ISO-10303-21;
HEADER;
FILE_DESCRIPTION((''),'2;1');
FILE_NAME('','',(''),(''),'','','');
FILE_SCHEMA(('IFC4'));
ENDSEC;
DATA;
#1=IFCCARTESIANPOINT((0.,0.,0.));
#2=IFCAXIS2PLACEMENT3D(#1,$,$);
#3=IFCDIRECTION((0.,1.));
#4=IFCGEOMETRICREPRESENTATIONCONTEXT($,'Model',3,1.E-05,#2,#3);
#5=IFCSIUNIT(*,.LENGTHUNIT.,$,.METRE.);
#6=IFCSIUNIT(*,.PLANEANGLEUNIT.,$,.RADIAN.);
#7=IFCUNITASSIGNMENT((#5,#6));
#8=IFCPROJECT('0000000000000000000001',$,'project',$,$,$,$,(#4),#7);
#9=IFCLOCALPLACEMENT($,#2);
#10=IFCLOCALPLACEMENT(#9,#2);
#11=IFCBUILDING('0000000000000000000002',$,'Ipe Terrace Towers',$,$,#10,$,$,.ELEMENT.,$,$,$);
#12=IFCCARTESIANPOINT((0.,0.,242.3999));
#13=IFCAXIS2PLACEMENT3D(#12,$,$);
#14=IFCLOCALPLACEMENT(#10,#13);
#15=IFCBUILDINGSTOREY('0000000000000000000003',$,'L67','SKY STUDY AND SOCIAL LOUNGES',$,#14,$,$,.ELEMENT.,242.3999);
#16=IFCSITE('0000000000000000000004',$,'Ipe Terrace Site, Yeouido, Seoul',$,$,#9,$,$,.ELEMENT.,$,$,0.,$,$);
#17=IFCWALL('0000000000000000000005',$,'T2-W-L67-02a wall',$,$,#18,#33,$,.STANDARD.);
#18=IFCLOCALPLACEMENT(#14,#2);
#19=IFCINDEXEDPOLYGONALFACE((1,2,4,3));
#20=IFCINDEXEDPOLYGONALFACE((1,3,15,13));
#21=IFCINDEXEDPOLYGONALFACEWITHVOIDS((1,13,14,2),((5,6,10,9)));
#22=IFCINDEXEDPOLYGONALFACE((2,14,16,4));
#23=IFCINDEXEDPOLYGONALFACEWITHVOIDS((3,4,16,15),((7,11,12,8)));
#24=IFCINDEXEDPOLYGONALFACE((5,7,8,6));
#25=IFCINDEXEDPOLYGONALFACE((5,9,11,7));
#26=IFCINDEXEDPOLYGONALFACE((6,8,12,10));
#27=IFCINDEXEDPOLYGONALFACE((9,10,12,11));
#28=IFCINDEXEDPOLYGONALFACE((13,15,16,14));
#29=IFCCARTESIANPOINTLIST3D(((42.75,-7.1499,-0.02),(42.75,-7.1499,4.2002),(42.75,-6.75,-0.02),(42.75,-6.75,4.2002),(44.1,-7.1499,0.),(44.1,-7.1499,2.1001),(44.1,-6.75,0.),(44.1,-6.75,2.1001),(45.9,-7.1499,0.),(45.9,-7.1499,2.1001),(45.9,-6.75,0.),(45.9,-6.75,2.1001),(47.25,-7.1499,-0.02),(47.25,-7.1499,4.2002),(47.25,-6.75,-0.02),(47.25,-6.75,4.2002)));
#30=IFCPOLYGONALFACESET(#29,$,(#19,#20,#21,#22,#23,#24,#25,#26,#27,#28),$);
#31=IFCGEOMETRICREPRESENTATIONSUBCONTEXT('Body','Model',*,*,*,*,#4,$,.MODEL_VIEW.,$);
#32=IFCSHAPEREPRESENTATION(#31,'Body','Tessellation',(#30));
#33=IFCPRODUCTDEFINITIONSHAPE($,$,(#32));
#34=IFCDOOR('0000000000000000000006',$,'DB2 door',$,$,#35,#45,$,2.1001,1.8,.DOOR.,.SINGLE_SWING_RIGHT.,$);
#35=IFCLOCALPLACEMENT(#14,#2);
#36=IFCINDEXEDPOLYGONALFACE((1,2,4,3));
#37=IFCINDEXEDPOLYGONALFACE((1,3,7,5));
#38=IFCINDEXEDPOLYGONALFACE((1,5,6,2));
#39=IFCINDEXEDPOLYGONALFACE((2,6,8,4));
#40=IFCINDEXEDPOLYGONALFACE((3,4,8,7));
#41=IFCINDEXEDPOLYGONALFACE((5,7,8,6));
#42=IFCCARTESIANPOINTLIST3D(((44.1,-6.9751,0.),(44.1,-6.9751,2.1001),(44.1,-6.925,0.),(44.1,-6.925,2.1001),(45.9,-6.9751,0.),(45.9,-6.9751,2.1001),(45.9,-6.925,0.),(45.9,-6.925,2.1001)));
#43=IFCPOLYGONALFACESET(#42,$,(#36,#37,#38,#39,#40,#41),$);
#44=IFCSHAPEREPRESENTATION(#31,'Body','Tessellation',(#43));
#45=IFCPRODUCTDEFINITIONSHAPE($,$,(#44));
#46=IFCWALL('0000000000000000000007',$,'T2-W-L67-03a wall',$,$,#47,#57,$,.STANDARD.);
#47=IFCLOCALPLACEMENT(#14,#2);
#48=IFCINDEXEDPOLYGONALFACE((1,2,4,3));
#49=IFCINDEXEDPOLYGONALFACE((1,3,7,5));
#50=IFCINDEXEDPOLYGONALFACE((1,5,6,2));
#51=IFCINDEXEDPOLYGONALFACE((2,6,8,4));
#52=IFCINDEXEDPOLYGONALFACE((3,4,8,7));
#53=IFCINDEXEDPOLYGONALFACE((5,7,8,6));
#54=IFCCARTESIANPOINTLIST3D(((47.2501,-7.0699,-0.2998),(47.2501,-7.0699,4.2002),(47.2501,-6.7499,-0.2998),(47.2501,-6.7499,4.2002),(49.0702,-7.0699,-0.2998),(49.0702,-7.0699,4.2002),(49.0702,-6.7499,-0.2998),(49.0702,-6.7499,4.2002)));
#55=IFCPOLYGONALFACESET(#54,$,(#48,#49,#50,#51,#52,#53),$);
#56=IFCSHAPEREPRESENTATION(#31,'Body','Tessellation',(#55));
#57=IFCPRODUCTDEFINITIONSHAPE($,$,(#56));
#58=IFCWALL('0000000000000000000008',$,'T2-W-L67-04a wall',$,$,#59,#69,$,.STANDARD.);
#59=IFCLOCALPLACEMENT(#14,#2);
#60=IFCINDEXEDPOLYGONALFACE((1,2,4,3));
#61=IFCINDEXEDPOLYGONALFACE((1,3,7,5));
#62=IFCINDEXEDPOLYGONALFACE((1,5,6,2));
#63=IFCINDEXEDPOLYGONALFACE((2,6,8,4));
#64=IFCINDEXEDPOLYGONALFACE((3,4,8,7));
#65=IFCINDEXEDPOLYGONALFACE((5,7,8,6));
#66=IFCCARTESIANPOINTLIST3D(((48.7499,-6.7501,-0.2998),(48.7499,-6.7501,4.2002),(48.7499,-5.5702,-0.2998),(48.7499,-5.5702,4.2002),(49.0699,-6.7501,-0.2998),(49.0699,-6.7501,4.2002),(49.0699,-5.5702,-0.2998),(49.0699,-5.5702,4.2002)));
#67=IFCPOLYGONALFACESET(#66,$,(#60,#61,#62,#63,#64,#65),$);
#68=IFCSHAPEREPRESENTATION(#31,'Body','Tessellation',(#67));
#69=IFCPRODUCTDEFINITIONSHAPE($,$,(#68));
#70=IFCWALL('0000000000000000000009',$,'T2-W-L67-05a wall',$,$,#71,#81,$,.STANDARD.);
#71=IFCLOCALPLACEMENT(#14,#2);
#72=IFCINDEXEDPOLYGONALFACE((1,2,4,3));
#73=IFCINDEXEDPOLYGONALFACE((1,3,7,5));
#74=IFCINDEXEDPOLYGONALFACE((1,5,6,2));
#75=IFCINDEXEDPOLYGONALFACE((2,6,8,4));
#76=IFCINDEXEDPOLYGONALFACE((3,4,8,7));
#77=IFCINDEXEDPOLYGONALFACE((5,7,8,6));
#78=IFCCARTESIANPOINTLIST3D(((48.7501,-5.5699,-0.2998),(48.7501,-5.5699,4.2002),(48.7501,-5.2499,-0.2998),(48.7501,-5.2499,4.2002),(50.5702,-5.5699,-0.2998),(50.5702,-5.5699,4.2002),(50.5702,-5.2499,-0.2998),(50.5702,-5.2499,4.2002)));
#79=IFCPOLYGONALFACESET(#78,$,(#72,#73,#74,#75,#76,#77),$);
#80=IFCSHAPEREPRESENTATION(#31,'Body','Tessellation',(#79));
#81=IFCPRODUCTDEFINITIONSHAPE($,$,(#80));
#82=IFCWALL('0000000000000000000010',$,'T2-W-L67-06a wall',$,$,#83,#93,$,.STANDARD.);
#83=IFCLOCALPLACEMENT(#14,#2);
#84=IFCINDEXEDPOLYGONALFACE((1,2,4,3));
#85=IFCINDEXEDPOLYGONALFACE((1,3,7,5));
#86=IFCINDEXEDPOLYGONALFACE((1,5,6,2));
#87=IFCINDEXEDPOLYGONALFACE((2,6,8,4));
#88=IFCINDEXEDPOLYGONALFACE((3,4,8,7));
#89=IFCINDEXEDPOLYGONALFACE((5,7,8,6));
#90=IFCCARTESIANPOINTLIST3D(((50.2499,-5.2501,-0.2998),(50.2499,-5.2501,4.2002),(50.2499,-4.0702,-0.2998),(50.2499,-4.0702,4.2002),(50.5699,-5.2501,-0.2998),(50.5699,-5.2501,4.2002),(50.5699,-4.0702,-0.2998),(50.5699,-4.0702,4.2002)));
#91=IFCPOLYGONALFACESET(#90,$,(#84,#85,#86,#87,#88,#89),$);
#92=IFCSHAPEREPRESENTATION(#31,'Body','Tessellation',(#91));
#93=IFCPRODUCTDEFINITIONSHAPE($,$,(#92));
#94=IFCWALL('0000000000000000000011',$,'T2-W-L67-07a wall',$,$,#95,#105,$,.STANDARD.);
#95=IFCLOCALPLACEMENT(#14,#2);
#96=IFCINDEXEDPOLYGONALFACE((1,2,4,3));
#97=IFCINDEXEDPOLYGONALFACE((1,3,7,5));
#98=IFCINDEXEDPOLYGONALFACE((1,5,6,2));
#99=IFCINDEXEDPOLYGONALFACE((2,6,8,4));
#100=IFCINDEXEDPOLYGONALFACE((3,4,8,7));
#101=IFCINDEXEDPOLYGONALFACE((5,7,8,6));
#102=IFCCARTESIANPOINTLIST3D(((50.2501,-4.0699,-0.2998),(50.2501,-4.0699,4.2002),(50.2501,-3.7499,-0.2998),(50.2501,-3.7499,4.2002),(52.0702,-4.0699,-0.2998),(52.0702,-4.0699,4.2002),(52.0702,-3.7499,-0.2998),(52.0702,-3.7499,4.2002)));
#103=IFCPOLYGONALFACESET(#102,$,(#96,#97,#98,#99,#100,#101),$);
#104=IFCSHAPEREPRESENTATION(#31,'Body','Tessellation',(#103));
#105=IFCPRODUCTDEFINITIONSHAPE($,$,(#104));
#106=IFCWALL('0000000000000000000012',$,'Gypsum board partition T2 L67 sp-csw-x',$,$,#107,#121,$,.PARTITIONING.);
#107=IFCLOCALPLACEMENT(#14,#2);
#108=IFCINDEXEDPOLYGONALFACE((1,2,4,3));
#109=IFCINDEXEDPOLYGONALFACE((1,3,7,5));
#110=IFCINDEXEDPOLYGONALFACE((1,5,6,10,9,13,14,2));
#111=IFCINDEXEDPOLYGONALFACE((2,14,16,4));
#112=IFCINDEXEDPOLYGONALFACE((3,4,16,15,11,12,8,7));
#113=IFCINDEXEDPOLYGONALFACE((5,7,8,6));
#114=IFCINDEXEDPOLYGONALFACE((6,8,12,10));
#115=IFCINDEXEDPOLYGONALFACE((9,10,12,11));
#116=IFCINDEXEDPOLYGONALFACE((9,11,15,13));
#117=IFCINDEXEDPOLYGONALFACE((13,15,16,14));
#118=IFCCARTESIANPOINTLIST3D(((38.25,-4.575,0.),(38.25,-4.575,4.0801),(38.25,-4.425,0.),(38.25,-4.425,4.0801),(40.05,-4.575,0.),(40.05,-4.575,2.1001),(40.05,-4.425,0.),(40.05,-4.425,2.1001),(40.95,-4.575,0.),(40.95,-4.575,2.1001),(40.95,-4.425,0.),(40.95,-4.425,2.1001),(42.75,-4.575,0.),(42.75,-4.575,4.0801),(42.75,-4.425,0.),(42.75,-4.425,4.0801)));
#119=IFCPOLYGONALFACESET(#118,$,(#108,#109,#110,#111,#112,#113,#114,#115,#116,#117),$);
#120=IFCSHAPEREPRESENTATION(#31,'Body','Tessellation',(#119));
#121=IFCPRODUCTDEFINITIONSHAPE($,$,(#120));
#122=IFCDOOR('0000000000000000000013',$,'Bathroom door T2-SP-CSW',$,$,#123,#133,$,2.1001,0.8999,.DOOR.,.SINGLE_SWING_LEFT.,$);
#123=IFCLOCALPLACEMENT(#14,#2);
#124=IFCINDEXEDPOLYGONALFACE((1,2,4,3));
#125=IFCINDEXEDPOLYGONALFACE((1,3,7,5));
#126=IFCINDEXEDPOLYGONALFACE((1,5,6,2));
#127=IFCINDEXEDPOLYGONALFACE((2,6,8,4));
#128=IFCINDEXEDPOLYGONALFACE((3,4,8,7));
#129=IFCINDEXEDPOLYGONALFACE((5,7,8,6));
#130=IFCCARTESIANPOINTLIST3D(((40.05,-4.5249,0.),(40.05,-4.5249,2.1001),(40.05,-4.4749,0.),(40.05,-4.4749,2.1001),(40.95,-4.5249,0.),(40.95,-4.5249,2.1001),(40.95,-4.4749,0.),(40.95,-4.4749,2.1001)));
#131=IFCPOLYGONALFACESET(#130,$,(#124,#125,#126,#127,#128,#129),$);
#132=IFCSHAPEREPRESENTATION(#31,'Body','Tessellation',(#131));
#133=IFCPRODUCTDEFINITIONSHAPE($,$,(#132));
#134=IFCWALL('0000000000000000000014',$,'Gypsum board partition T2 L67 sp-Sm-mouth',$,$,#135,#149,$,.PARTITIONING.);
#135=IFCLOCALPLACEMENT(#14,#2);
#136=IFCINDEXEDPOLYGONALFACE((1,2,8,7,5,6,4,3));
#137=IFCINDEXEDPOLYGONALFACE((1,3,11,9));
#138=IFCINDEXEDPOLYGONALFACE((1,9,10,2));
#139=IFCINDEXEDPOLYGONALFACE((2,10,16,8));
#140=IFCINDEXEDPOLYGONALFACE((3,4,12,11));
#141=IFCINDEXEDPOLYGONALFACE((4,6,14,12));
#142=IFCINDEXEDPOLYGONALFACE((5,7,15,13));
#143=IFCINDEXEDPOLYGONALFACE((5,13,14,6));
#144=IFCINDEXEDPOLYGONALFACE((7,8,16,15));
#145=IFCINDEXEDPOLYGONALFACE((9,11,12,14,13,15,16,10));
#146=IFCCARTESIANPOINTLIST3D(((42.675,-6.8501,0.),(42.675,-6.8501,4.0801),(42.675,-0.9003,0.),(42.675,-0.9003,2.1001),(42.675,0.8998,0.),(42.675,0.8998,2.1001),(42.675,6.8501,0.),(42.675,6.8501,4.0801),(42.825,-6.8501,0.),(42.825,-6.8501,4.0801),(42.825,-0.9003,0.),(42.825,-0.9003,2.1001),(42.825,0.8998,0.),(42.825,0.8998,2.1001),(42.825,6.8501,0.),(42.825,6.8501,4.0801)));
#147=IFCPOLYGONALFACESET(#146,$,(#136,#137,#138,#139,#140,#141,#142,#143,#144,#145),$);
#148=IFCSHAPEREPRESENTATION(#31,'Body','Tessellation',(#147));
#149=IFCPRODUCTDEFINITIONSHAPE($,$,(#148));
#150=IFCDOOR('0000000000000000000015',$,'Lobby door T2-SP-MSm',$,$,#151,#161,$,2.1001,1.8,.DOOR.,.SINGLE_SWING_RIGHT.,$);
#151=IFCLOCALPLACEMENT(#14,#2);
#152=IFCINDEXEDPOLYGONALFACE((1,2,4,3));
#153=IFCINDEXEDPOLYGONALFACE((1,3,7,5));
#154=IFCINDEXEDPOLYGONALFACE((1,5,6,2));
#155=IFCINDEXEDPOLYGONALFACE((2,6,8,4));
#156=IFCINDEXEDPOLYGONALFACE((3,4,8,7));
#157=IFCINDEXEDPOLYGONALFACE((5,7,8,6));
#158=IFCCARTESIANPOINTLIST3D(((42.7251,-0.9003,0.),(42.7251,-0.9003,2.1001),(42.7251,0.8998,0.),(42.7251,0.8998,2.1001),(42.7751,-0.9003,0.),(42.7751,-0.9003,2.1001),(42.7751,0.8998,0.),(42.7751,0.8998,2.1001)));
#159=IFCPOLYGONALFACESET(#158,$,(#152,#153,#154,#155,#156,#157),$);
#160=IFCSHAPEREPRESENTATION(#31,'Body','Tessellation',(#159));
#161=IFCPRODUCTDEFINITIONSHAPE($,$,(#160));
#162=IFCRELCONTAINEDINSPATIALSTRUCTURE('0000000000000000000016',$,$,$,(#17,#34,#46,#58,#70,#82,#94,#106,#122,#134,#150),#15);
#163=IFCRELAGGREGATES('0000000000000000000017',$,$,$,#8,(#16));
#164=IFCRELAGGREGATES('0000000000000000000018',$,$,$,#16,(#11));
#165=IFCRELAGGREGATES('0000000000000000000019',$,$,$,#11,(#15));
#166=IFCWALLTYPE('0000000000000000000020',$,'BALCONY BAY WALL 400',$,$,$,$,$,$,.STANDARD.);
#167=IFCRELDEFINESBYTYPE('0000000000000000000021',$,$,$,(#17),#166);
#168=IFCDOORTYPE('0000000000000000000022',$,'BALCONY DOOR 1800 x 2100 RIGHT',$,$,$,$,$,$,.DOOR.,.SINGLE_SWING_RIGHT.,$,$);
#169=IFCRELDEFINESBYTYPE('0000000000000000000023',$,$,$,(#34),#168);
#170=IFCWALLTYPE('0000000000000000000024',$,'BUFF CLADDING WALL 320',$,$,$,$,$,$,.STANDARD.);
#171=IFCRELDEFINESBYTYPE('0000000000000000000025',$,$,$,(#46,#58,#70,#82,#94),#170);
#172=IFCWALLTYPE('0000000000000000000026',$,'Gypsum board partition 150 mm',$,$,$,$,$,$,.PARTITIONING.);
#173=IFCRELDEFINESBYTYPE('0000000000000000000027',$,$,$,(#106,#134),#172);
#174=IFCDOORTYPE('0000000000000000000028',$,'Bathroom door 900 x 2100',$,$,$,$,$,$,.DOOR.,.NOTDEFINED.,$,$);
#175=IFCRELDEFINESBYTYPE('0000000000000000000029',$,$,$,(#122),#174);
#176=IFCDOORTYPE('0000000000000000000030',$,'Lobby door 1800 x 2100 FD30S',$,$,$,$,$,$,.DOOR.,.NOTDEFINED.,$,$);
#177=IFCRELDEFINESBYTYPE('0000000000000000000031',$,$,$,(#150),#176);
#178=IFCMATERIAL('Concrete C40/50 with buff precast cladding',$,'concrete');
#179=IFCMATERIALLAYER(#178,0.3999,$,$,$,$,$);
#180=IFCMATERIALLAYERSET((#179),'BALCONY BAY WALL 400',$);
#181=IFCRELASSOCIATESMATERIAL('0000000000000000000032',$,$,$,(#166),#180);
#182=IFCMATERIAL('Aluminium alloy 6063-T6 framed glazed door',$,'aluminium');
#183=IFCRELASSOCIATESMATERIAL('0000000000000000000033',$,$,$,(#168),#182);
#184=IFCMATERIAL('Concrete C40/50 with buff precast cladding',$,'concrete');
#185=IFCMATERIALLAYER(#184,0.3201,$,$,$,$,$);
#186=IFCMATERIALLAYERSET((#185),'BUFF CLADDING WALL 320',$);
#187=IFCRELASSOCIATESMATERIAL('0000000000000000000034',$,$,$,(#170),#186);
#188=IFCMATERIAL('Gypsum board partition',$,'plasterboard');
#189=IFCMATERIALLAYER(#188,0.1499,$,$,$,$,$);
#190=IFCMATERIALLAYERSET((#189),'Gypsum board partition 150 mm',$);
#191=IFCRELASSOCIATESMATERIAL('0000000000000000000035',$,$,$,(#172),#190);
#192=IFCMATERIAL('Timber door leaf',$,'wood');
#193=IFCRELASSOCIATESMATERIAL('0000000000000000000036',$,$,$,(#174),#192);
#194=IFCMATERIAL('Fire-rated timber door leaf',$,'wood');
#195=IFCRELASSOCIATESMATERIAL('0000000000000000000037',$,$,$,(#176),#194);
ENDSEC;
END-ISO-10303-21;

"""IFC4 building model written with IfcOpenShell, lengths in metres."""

from ifc_helpers import new_model, si_unit, direction, frame, frame_2d, origin, place, context, subcontext, project, spatial, rectangle, extrude, material, layer, layer_set, type_object, element, fill, save


model = new_model("IFC4")

# Units and contexts
model_context = context("Model", 3, precision=1e-05, world=origin(), true_north=direction((0.0, 1.0)))
body_context = subcontext(model_context, "Body", "Model", "MODEL_VIEW")
ifc_project = project(units=[si_unit("LENGTHUNIT", "METRE"), si_unit("PLANEANGLEUNIT", "RADIAN")], contexts=[model_context])

# Site, building, storey
site_placement = place(None, origin())
site = spatial("IfcSite", under=ifc_project, at=site_placement, Name="Ipe Terrace Site, Yeouido, Seoul", CompositionType="ELEMENT", RefElevation=0.0)
building_placement = place(site_placement, origin())
building = spatial("IfcBuilding", under=site, at=building_placement, Name="Ipe Terrace Towers", CompositionType="ELEMENT")
storey_placement = place(building_placement, frame((0.0, 0.0, 242.3999)))
storey = spatial("IfcBuildingStorey", under=building, at=storey_placement, Name="L67", Description="SKY STUDY AND SOCIAL LOUNGES", CompositionType="ELEMENT", Elevation=242.3999)

# Wall, opening, door
ifc_material_1 = material(Name="Concrete C40/50 with buff precast cladding", Category="concrete")
ifc_layer_1 = layer(ifc_material_1, 0.3999)
ifc_layer_set_1 = layer_set([ifc_layer_1], Name="BALCONY BAY WALL 400")
wall_type_1 = type_object("IfcWallType", Name="BALCONY BAY WALL 400", PredefinedType="STANDARD", material=ifc_layer_set_1)
wall_1_placement = place(storey_placement, frame((42.75, -6.95, -0.02), z_axis=(0.0, 0.0, 1.0), x_axis=(1.0, 0.0, 0.0)))
wall_1 = element("IfcWall", 1, at=wall_1_placement, inside=storey, type_object=wall_type_1, Name="T2-W-L67-02a wall", PredefinedType="STANDARD", context=body_context, shape_type="SweptSolid", body=[
    extrude(rectangle(XDim=4.5, YDim=0.3999, at=frame_2d((2.25, 0.0))), origin(), (0.0, 0.0, 1.0), 4.2202),
])
opening_1_placement = place(wall_1_placement, frame((1.3501, 0.0, 0.02)))
opening_1 = element("IfcOpeningElement", 2, at=opening_1_placement, cuts=wall_1, PredefinedType="OPENING", context=body_context, shape_type="SweptSolid", body=[
    extrude(rectangle(XDim=1.8, YDim=2.1001, at=frame_2d((0.8999, 1.05))), frame((0.0, 0.21, 0.0), z_axis=(0.0, -1.0, 0.0), x_axis=(1.0, 0.0, 0.0)), (0.0, 0.0, 1.0), 0.4199),
])
ifc_material_2 = material(Name="Aluminium alloy 6063-T6 framed glazed door", Category="aluminium")
door_type_1 = type_object("IfcDoorType", Name="BALCONY DOOR 1800 x 2100 RIGHT", OperationType="SINGLE_SWING_RIGHT", PredefinedType="DOOR", material=ifc_material_2)
door_1_placement = place(opening_1_placement, origin())
door_1 = element("IfcDoor", 3, at=door_1_placement, inside=storey, type_object=door_type_1, Name="DB2 door", OperationType="SINGLE_SWING_RIGHT", OverallHeight=2.1001, OverallWidth=1.8, PredefinedType="DOOR", context=body_context, shape_type="SweptSolid", body=[
    extrude(rectangle(XDim=1.8, YDim=2.1001, at=frame_2d((0.8999, 1.05))), frame((0.0, 0.0249, 0.0), z_axis=(0.0, -1.0, 0.0), x_axis=(1.0, 0.0, 0.0)), (0.0, 0.0, 1.0), 0.05),
])
fill(opening_1, door_1)

# Walls
ifc_material_3 = material(Name="Concrete C40/50 with buff precast cladding", Category="concrete")
ifc_layer_2 = layer(ifc_material_3, 0.3201)
ifc_layer_set_2 = layer_set([ifc_layer_2], Name="BUFF CLADDING WALL 320")
wall_type_2 = type_object("IfcWallType", Name="BUFF CLADDING WALL 320", PredefinedType="STANDARD", material=ifc_layer_set_2)
wall_2_placement = place(storey_placement, frame((47.25, -6.9099, -0.2998), z_axis=(0.0, 0.0, 1.0), x_axis=(1.0, 0.0, 0.0)))
element("IfcWall", 4, at=wall_2_placement, inside=storey, type_object=wall_type_2, Name="T2-W-L67-03a wall", PredefinedType="STANDARD", context=body_context, shape_type="SweptSolid", body=[
    extrude(rectangle(XDim=1.8201, YDim=0.3201, at=frame_2d((0.9102, 0.0))), origin(), (0.0, 0.0, 1.0), 4.5),
])
wall_3_placement = place(storey_placement, frame((48.9099, -6.75, -0.2998), z_axis=(0.0, 0.0, 1.0), x_axis=(0.0, 1.0, 0.0)))
element("IfcWall", 5, at=wall_3_placement, inside=storey, type_object=wall_type_2, Name="T2-W-L67-04a wall", PredefinedType="STANDARD", context=body_context, shape_type="SweptSolid", body=[
    extrude(rectangle(XDim=1.1799, YDim=0.3201, at=frame_2d((0.5898, 0.0))), origin(), (0.0, 0.0, 1.0), 4.5),
])
wall_4_placement = place(storey_placement, frame((48.75, -5.4099, -0.2998), z_axis=(0.0, 0.0, 1.0), x_axis=(1.0, 0.0, 0.0)))
element("IfcWall", 6, at=wall_4_placement, inside=storey, type_object=wall_type_2, Name="T2-W-L67-05a wall", PredefinedType="STANDARD", context=body_context, shape_type="SweptSolid", body=[
    extrude(rectangle(XDim=1.8201, YDim=0.3201, at=frame_2d((0.9102, 0.0))), origin(), (0.0, 0.0, 1.0), 4.5),
])
wall_5_placement = place(storey_placement, frame((50.4099, -5.25, -0.2998), z_axis=(0.0, 0.0, 1.0), x_axis=(0.0, 1.0, 0.0)))
element("IfcWall", 7, at=wall_5_placement, inside=storey, type_object=wall_type_2, Name="T2-W-L67-06a wall", PredefinedType="STANDARD", context=body_context, shape_type="SweptSolid", body=[
    extrude(rectangle(XDim=1.1799, YDim=0.3201, at=frame_2d((0.5898, 0.0))), origin(), (0.0, 0.0, 1.0), 4.5),
])
wall_6_placement = place(storey_placement, frame((50.25, -3.9099, -0.2998), z_axis=(0.0, 0.0, 1.0), x_axis=(1.0, 0.0, 0.0)))
element("IfcWall", 8, at=wall_6_placement, inside=storey, type_object=wall_type_2, Name="T2-W-L67-07a wall", PredefinedType="STANDARD", context=body_context, shape_type="SweptSolid", body=[
    extrude(rectangle(XDim=1.8201, YDim=0.3201, at=frame_2d((0.9102, 0.0))), origin(), (0.0, 0.0, 1.0), 4.5),
])

# Walls, openings, doors
ifc_material_4 = material(Name="Gypsum board partition", Category="plasterboard")
ifc_layer_3 = layer(ifc_material_4, 0.1499)
ifc_layer_set_3 = layer_set([ifc_layer_3], Name="Gypsum board partition 150 mm")
wall_type_3 = type_object("IfcWallType", Name="Gypsum board partition 150 mm", PredefinedType="PARTITIONING", material=ifc_layer_set_3)
wall_7_placement = place(storey_placement, frame((42.75, -4.5, 0.0), z_axis=(0.0, 0.0, 1.0), x_axis=(-1.0, 0.0, 0.0)))
wall_7 = element("IfcWall", 9, at=wall_7_placement, inside=storey, type_object=wall_type_3, Name="Gypsum board partition T2 L67 sp-csw-x", PredefinedType="PARTITIONING", context=body_context, shape_type="SweptSolid", body=[
    extrude(rectangle(XDim=4.5, YDim=0.1499, at=frame_2d((2.25, 0.0))), origin(), (0.0, 0.0, 1.0), 4.0801),
])
opening_2_placement = place(wall_7_placement, frame((1.8, 0.0, 0.0)))
opening_2 = element("IfcOpeningElement", 10, at=opening_2_placement, cuts=wall_7, PredefinedType="OPENING", context=body_context, shape_type="SweptSolid", body=[
    extrude(rectangle(XDim=0.8999, YDim=2.1001, at=frame_2d((0.45, 1.05))), frame((0.0, 0.085, 0.0), z_axis=(0.0, -1.0, 0.0), x_axis=(1.0, 0.0, 0.0)), (0.0, 0.0, 1.0), 0.1699),
])
ifc_material_5 = material(Name="Timber door leaf", Category="wood")
door_type_2 = type_object("IfcDoorType", Name="Bathroom door 900 x 2100", OperationType="NOTDEFINED", PredefinedType="DOOR", material=ifc_material_5)
door_2_placement = place(opening_2_placement, origin())
door_2 = element("IfcDoor", 11, at=door_2_placement, inside=storey, type_object=door_type_2, Name="Bathroom door T2-SP-CSW", OperationType="SINGLE_SWING_LEFT", OverallHeight=2.1001, OverallWidth=0.8999, PredefinedType="DOOR", context=body_context, shape_type="SweptSolid", body=[
    extrude(rectangle(XDim=0.8999, YDim=2.1001, at=frame_2d((0.45, 1.05))), frame((0.0, 0.0249, 0.0), z_axis=(0.0, -1.0, 0.0), x_axis=(1.0, 0.0, 0.0)), (0.0, 0.0, 1.0), 0.05),
])
fill(opening_2, door_2)
wall_8_placement = place(storey_placement, frame((42.75, -6.8501, 0.0), z_axis=(0.0, 0.0, 1.0), x_axis=(0.0, 1.0, 0.0)))
wall_8 = element("IfcWall", 12, at=wall_8_placement, inside=storey, type_object=wall_type_3, Name="Gypsum board partition T2 L67 sp-Sm-mouth", PredefinedType="PARTITIONING", context=body_context, shape_type="SweptSolid", body=[
    extrude(rectangle(XDim=13.7002, YDim=0.1499, at=frame_2d((6.8501, 0.0))), origin(), (0.0, 0.0, 1.0), 4.0801),
])
opening_3_placement = place(wall_8_placement, frame((5.95, 0.0, 0.0)))
opening_3 = element("IfcOpeningElement", 13, at=opening_3_placement, cuts=wall_8, PredefinedType="OPENING", context=body_context, shape_type="SweptSolid", body=[
    extrude(rectangle(XDim=1.8, YDim=2.1001, at=frame_2d((0.8999, 1.05))), frame((0.0, 0.085, 0.0), z_axis=(0.0, -1.0, 0.0), x_axis=(1.0, 0.0, 0.0)), (0.0, 0.0, 1.0), 0.1699),
])
ifc_material_6 = material(Name="Fire-rated timber door leaf", Category="wood")
door_type_3 = type_object("IfcDoorType", Name="Lobby door 1800 x 2100 FD30S", OperationType="NOTDEFINED", PredefinedType="DOOR", material=ifc_material_6)
door_3_placement = place(opening_3_placement, origin())
door_3 = element("IfcDoor", 14, at=door_3_placement, inside=storey, type_object=door_type_3, Name="Lobby door T2-SP-MSm", OperationType="SINGLE_SWING_RIGHT", OverallHeight=2.1001, OverallWidth=1.8, PredefinedType="DOOR", context=body_context, shape_type="SweptSolid", body=[
    extrude(rectangle(XDim=1.8, YDim=2.1001, at=frame_2d((0.8999, 1.05))), frame((0.0, 0.0249, 0.0), z_axis=(0.0, -1.0, 0.0), x_axis=(1.0, 0.0, 0.0)), (0.0, 0.0, 1.0), 0.05),
])
fill(opening_3, door_3)

save(model, "model.ifc")
